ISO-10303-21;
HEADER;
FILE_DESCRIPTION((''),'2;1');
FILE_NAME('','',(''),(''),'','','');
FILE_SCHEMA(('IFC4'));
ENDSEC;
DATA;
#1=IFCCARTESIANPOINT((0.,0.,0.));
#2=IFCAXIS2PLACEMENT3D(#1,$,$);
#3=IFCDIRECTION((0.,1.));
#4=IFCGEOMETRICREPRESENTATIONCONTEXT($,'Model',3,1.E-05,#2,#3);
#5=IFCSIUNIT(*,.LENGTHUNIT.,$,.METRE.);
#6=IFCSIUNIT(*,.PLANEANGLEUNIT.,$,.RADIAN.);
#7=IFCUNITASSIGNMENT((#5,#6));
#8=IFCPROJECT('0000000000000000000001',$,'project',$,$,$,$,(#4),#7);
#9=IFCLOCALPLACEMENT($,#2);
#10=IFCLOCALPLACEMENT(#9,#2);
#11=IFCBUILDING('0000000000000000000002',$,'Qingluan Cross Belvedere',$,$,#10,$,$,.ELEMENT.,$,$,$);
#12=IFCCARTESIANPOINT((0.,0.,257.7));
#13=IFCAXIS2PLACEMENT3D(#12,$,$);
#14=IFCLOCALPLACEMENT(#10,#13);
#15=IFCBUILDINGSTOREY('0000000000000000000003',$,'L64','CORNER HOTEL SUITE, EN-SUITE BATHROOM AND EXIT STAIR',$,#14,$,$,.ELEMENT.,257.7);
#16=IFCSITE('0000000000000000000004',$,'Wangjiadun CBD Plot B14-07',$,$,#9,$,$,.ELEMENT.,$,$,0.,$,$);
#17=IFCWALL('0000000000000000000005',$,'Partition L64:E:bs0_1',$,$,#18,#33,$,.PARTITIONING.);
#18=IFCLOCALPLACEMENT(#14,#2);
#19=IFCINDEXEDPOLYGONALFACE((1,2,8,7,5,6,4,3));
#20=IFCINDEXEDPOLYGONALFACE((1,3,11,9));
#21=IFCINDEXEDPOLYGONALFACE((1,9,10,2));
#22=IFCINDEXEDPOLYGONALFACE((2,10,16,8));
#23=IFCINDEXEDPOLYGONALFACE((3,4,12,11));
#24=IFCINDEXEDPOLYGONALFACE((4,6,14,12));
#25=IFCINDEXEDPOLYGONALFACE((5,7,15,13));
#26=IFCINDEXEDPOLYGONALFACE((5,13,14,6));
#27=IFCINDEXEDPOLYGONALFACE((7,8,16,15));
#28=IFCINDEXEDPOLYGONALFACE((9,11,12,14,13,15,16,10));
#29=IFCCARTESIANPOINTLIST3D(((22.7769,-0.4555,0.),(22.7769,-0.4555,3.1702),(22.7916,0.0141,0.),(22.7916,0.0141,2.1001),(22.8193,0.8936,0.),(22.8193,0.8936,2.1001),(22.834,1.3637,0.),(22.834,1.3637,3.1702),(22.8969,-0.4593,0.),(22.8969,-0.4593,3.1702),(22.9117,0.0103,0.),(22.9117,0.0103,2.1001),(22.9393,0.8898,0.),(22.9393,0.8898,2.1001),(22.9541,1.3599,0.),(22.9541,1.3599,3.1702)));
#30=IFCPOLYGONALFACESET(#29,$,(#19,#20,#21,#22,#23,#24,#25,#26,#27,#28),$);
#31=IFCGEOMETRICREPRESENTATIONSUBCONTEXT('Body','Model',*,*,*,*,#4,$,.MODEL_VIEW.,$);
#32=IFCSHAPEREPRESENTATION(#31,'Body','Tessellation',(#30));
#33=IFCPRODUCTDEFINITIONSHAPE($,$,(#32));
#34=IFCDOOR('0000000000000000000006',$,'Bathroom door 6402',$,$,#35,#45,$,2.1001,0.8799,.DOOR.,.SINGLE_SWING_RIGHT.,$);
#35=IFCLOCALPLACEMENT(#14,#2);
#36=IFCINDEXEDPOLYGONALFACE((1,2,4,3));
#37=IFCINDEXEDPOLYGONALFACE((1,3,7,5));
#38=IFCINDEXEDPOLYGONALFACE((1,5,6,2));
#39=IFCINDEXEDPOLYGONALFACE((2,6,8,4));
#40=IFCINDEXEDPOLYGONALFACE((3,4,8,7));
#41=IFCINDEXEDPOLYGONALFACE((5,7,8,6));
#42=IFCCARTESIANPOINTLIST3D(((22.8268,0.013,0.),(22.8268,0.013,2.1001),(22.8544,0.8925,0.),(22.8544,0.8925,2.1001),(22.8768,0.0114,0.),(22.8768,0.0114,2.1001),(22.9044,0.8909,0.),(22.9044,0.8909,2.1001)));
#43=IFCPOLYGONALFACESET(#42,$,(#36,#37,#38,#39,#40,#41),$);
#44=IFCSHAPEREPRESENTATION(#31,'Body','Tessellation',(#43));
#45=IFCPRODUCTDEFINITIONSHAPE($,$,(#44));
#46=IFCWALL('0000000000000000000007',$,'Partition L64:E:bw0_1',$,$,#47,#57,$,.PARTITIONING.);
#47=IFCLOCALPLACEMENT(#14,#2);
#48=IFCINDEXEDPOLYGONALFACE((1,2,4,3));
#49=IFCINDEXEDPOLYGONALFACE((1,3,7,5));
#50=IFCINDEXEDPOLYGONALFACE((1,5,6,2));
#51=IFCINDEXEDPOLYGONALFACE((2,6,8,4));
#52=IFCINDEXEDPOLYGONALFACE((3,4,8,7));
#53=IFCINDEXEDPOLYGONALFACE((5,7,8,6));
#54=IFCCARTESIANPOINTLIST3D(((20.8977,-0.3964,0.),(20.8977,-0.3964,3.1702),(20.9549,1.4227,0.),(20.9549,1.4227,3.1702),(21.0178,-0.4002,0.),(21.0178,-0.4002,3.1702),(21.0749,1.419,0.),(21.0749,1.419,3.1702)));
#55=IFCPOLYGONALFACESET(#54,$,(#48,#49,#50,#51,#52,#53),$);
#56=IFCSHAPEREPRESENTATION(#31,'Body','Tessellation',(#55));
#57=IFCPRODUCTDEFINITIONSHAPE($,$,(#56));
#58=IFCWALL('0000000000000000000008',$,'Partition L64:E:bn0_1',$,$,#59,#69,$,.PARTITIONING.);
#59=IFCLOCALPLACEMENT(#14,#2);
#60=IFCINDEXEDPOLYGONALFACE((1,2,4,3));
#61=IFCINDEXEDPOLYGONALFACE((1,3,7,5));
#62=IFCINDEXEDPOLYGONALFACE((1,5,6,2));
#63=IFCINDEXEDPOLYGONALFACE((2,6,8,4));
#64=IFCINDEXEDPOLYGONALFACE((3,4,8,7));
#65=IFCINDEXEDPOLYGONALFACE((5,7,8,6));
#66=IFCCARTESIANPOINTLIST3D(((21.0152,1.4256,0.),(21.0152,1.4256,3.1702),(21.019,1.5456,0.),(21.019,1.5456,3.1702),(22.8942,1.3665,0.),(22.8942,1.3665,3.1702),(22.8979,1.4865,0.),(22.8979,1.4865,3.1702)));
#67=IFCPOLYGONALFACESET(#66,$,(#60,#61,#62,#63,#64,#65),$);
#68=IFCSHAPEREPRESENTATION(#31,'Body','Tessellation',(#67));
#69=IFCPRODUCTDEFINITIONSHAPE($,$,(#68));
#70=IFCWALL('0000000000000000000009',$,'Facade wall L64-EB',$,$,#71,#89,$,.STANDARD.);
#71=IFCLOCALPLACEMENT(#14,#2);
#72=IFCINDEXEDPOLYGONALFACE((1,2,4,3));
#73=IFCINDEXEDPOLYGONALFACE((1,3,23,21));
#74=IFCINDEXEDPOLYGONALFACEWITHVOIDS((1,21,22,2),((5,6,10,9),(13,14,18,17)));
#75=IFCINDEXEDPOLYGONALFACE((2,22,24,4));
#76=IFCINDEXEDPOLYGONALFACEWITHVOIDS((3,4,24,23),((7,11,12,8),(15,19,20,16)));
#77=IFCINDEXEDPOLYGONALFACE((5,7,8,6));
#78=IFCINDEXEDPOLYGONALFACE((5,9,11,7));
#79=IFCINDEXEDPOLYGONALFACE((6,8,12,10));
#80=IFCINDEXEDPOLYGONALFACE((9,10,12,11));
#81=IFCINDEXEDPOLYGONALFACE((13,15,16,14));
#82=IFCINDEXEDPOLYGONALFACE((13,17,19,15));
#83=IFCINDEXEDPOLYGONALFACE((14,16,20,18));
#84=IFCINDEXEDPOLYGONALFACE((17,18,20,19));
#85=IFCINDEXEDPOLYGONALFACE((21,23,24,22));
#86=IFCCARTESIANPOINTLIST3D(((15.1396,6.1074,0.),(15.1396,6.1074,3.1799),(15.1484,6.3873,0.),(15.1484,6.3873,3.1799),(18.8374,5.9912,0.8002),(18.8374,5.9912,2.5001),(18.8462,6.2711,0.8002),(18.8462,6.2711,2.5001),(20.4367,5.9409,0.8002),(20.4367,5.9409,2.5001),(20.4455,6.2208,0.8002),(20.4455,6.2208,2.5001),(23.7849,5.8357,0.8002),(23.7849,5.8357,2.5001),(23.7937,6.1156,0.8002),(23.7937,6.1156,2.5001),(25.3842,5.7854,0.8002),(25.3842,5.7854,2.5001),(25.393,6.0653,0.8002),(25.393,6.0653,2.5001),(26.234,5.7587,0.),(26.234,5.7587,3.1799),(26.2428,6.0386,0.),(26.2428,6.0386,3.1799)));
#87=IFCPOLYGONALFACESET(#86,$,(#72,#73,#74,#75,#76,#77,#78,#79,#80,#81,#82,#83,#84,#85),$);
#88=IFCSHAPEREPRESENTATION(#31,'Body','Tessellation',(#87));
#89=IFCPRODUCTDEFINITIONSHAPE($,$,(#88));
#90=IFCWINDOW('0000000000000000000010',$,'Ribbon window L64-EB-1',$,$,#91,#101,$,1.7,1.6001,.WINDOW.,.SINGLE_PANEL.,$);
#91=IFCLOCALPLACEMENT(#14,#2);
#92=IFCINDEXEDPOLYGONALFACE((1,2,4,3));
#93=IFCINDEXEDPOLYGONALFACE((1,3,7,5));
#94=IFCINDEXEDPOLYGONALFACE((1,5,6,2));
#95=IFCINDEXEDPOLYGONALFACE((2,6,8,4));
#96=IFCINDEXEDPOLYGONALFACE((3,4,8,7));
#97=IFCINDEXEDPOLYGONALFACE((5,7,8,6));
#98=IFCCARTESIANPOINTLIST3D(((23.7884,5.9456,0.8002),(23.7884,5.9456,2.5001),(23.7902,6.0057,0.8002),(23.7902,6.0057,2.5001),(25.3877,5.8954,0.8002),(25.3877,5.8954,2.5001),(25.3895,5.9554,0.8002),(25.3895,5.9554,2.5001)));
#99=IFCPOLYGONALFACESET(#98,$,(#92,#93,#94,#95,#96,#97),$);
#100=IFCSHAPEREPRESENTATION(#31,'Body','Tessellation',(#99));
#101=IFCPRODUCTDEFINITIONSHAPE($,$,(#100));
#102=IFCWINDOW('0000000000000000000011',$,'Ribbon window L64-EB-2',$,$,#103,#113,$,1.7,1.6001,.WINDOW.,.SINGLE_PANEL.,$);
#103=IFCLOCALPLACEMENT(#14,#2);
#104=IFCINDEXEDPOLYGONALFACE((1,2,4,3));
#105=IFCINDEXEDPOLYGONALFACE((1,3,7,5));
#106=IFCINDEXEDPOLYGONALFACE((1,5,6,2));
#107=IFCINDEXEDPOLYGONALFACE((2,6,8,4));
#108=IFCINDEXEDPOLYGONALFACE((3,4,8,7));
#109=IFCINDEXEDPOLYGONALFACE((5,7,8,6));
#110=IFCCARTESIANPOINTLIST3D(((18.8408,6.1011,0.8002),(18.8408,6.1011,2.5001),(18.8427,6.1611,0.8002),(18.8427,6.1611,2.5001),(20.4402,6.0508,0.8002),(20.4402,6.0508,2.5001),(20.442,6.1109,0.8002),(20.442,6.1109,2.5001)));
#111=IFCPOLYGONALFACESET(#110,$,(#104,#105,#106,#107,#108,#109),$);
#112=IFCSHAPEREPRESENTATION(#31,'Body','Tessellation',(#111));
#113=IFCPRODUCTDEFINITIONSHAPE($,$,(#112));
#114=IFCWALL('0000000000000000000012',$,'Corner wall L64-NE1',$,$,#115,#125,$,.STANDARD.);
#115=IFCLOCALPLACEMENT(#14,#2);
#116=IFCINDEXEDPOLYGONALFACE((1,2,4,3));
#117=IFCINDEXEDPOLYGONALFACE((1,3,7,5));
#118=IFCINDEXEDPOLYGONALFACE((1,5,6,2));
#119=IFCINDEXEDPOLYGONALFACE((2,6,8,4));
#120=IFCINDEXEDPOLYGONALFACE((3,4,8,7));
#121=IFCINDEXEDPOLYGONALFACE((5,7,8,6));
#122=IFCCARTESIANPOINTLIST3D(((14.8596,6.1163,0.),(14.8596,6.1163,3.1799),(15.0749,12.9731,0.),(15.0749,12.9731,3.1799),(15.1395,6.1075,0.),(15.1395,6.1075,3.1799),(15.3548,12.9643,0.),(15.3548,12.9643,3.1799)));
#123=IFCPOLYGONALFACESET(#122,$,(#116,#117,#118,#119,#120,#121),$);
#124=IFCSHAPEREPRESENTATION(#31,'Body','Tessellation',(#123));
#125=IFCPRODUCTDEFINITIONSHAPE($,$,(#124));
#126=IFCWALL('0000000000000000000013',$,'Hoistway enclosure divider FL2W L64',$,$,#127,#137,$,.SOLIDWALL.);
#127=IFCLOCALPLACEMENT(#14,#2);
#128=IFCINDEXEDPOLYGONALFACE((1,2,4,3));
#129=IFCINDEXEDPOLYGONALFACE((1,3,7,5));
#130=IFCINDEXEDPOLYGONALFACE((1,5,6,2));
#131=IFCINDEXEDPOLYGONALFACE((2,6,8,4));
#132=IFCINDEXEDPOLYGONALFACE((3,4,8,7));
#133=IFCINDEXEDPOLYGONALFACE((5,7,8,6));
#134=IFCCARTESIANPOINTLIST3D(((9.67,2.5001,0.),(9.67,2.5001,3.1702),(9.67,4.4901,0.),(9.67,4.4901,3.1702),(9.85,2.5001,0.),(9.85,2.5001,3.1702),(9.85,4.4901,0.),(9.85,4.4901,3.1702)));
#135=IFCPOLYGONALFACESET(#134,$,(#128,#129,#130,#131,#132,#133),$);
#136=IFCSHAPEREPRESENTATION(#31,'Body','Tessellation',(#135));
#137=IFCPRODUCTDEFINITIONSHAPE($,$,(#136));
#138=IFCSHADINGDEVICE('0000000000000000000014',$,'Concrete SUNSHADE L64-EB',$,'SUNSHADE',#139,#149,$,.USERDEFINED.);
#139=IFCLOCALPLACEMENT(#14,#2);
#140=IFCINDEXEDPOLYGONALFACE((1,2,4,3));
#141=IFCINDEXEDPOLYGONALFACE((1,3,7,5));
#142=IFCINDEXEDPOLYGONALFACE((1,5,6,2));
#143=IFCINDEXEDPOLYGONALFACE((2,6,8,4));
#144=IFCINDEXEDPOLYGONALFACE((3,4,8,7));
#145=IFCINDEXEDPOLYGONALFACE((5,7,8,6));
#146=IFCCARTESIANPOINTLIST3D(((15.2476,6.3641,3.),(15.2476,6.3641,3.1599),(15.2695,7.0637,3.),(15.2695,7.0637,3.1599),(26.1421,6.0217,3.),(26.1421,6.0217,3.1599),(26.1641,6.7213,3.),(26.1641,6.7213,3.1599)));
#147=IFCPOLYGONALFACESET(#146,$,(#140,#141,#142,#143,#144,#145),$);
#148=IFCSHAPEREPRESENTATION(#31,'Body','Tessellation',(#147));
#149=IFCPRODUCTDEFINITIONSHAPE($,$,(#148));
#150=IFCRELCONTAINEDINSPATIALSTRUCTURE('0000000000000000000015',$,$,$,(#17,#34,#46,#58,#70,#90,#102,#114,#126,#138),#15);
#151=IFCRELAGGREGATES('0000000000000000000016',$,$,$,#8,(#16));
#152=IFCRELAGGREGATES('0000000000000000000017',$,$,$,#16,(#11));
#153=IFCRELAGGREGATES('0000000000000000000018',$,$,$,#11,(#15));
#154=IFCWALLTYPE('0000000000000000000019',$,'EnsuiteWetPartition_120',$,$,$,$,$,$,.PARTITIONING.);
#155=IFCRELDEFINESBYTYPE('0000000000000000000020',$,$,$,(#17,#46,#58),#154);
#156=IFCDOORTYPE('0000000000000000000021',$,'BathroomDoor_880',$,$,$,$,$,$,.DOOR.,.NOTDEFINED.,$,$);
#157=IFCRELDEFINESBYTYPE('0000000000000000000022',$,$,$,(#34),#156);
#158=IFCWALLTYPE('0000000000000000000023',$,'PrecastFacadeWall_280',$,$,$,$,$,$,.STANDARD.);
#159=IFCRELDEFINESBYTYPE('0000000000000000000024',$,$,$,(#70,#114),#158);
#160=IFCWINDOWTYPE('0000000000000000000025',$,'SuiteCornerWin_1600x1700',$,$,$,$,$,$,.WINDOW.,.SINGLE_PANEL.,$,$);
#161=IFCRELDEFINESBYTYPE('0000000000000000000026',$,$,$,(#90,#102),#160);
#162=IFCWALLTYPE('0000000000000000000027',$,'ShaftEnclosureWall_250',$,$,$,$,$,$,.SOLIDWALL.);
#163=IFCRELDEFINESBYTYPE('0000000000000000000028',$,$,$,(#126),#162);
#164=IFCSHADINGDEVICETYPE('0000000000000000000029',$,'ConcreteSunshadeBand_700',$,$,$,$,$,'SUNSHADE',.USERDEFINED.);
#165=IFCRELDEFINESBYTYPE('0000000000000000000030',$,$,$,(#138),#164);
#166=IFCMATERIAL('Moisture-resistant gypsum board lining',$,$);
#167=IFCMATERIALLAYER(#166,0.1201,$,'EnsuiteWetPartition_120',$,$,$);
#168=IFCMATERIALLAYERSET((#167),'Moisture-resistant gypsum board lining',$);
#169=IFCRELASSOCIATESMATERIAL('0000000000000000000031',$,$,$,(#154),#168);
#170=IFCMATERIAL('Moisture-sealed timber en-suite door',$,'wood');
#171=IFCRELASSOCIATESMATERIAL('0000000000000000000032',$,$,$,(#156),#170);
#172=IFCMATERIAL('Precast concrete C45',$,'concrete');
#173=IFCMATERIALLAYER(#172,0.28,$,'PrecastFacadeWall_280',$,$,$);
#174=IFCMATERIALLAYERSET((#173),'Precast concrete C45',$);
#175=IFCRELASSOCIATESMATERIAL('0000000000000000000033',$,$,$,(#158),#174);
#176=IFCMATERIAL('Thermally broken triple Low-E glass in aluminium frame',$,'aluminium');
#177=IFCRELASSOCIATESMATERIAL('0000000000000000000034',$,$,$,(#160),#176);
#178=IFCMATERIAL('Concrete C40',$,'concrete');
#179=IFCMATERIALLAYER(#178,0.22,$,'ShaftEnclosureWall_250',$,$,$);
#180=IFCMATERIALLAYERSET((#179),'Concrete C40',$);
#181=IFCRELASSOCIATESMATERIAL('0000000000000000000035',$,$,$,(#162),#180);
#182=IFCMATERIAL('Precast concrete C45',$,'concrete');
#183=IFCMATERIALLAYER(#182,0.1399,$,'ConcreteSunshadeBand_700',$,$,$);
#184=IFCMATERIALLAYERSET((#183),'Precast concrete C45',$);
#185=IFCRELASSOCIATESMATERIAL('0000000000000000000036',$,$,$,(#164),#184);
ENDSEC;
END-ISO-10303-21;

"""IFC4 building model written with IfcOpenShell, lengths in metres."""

from ifc_helpers import new_model, si_unit, direction, frame, frame_2d, origin, origin_2d, place, context, subcontext, project, spatial, rectangle, extrude, material, layer, layer_set, type_object, element, fill, save


model = new_model("IFC4")

# Units and contexts
model_context = context("Model", 3, precision=1e-05, world=origin(), true_north=direction((0.0, 1.0)))
body_context = subcontext(model_context, "Body", "Model", "MODEL_VIEW")
ifc_project = project(units=[si_unit("LENGTHUNIT", "METRE"), si_unit("PLANEANGLEUNIT", "RADIAN")], contexts=[model_context])

# Site, building, storey
site_placement = place(None, origin())
site = spatial("IfcSite", under=ifc_project, at=site_placement, Name="Wangjiadun CBD Plot B14-07", CompositionType="ELEMENT", RefElevation=0.0)
building_placement = place(site_placement, origin())
building = spatial("IfcBuilding", under=site, at=building_placement, Name="Qingluan Cross Belvedere", CompositionType="ELEMENT")
storey_placement = place(building_placement, frame((0.0, 0.0, 257.7)))
storey = spatial("IfcBuildingStorey", under=building, at=storey_placement, Name="L64", Description="CORNER HOTEL SUITE, EN-SUITE BATHROOM AND EXIT STAIR", CompositionType="ELEMENT", Elevation=257.7)

# Shared definitions
ifc_material_1 = material(Name="Moisture-resistant gypsum board lining")
ifc_layer_1 = layer(ifc_material_1, 0.1201, Name="EnsuiteWetPartition_120")
ifc_layer_set_1 = layer_set([ifc_layer_1], Name="Moisture-resistant gypsum board lining")
wall_type_1 = type_object("IfcWallType", Name="EnsuiteWetPartition_120", PredefinedType="PARTITIONING", material=ifc_layer_set_1)
ifc_material_2 = material(Name="Moisture-sealed timber en-suite door", Category="wood")
door_type_1 = type_object("IfcDoorType", Name="BathroomDoor_880", OperationType="NOTDEFINED", PredefinedType="DOOR", material=ifc_material_2)

# Wall, opening, door
wall_1_placement = place(storey_placement, frame((22.8369, -0.4575, 0.0), z_axis=(0.0, 0.0, 1.0), x_axis=(0.03139, 0.999507, 0.0)))
wall_1 = element("IfcWall", 1, at=wall_1_placement, inside=storey, type_object=wall_type_1, Name="Partition L64:E:bs0_1", PredefinedType="PARTITIONING", context=body_context, shape_type="SweptSolid", body=[
    extrude(rectangle(XDim=1.8201, YDim=0.1201, at=frame_2d((0.9102, 0.0))), origin(), (0.0, 0.0, 1.0), 3.1702),
])
opening_1_placement = place(wall_1_placement, frame((0.47, 0.0, 0.0)))
opening_1 = element("IfcOpeningElement", 2, at=opening_1_placement, cuts=wall_1, PredefinedType="OPENING", context=body_context, shape_type="SweptSolid", body=[
    extrude(rectangle(XDim=0.8799, YDim=2.1001, at=frame_2d((0.4399, 1.05))), frame((0.0, 0.0701, 0.0), z_axis=(0.0, -1.0, 0.0), x_axis=(1.0, 0.0, 0.0)), (0.0, 0.0, 1.0), 0.1401),
])
door_1_placement = place(opening_1_placement, origin())
door_1 = element("IfcDoor", 3, at=door_1_placement, inside=storey, type_object=door_type_1, Name="Bathroom door 6402", OperationType="SINGLE_SWING_RIGHT", OverallHeight=2.1001, OverallWidth=0.8799, PredefinedType="DOOR", context=body_context, shape_type="SweptSolid", body=[
    extrude(rectangle(XDim=0.8799, YDim=2.1001, at=frame_2d((0.4399, 1.05))), frame((0.0, 0.0249, 0.0), z_axis=(0.0, -1.0, 0.0), x_axis=(1.0, 0.0, 0.0)), (0.0, 0.0, 1.0), 0.05),
])
fill(opening_1, door_1)

# Walls
wall_2_placement = place(storey_placement, frame((20.9578, -0.3984, 0.0), z_axis=(0.0, 0.0, 1.0), x_axis=(0.03139, 0.999507, 0.0)))
element("IfcWall", 4, at=wall_2_placement, inside=storey, type_object=wall_type_1, Name="Partition L64:E:bw0_1", PredefinedType="PARTITIONING", context=body_context, shape_type="SweptSolid", body=[
    extrude(rectangle(XDim=1.8201, YDim=0.1201, at=frame_2d((0.9102, 0.0))), origin(), (0.0, 0.0, 1.0), 3.1702),
])
wall_3_placement = place(storey_placement, frame((21.0171, 1.4856, 0.0), z_axis=(0.0, 0.0, 1.0), x_axis=(0.999506, -0.031429, 0.0)))
element("IfcWall", 5, at=wall_3_placement, inside=storey, type_object=wall_type_1, Name="Partition L64:E:bn0_1", PredefinedType="PARTITIONING", context=body_context, shape_type="SweptSolid", body=[
    extrude(rectangle(XDim=1.8799, YDim=0.1201, at=frame_2d((0.9399, 0.0))), origin(), (0.0, 0.0, 1.0), 3.1702),
])

# Wall, openings, windows
ifc_material_3 = material(Name="Precast concrete C45", Category="concrete")
ifc_layer_2 = layer(ifc_material_3, 0.28, Name="PrecastFacadeWall_280")
ifc_layer_set_2 = layer_set([ifc_layer_2], Name="Precast concrete C45")
wall_type_2 = type_object("IfcWallType", Name="PrecastFacadeWall_280", PredefinedType="STANDARD", material=ifc_layer_set_2)
wall_4_placement = place(storey_placement, frame((26.2383, 5.8987, 0.0), z_axis=(0.0, 0.0, 1.0), x_axis=(-0.999507, 0.031408, 0.0)))
wall_4 = element("IfcWall", 6, at=wall_4_placement, inside=storey, type_object=wall_type_2, Name="Facade wall L64-EB", PredefinedType="STANDARD", context=body_context, shape_type="SweptSolid", body=[
    extrude(rectangle(XDim=11.0999, YDim=0.28, at=frame_2d((5.5498, 0.0))), origin(), (0.0, 0.0, 1.0), 3.1799),
])
opening_2_placement = place(wall_4_placement, frame((0.8501, 0.0, 0.8)))
opening_2 = element("IfcOpeningElement", 7, at=opening_2_placement, cuts=wall_4, PredefinedType="OPENING", context=body_context, shape_type="SweptSolid", body=[
    extrude(rectangle(XDim=1.6001, YDim=1.7, at=frame_2d((0.8, 0.8501))), frame((0.0, 0.1499, 0.0), z_axis=(0.0, -1.0, 0.0), x_axis=(1.0, 0.0, 0.0)), (0.0, 0.0, 1.0), 0.3),
])
opening_3_placement = place(wall_4_placement, frame((5.8, 0.0, 0.8)))
opening_3 = element("IfcOpeningElement", 8, at=opening_3_placement, cuts=wall_4, PredefinedType="OPENING", context=body_context, shape_type="SweptSolid", body=[
    extrude(rectangle(XDim=1.6001, YDim=1.7, at=frame_2d((0.8, 0.8501))), frame((0.0, 0.1499, 0.0), z_axis=(0.0, -1.0, 0.0), x_axis=(1.0, 0.0, 0.0)), (0.0, 0.0, 1.0), 0.3),
])
ifc_material_4 = material(Name="Thermally broken triple Low-E glass in aluminium frame", Category="aluminium")
window_type = type_object("IfcWindowType", Name="SuiteCornerWin_1600x1700", PartitioningType="SINGLE_PANEL", PredefinedType="WINDOW", material=ifc_material_4)
window_1_placement = place(opening_2_placement, origin())
window_1 = element("IfcWindow", 9, at=window_1_placement, inside=storey, type_object=window_type, Name="Ribbon window L64-EB-1", OverallHeight=1.7, OverallWidth=1.6001, PartitioningType="SINGLE_PANEL", PredefinedType="WINDOW", context=body_context, shape_type="SweptSolid", body=[
    extrude(rectangle(XDim=1.6001, YDim=1.7, at=frame_2d((0.8, 0.8501))), frame((0.0, 0.03, 0.0), z_axis=(0.0, -1.0, 0.0), x_axis=(1.0, 0.0, 0.0)), (0.0, 0.0, 1.0), 0.0601),
])
fill(opening_2, window_1)
window_2_placement = place(opening_3_placement, origin())
window_2 = element("IfcWindow", 10, at=window_2_placement, inside=storey, type_object=window_type, Name="Ribbon window L64-EB-2", OverallHeight=1.7, OverallWidth=1.6001, PartitioningType="SINGLE_PANEL", PredefinedType="WINDOW", context=body_context, shape_type="SweptSolid", body=[
    extrude(rectangle(XDim=1.6001, YDim=1.7, at=frame_2d((0.8, 0.8501))), frame((0.0, 0.03, 0.0), z_axis=(0.0, -1.0, 0.0), x_axis=(1.0, 0.0, 0.0)), (0.0, 0.0, 1.0), 0.0601),
])
fill(opening_3, window_2)

# Walls
wall_5_placement = place(storey_placement, frame((14.9995, 6.1118, 0.0), z_axis=(0.0, 0.0, 1.0), x_axis=(0.031389, 0.999507, 0.0)))
element("IfcWall", 11, at=wall_5_placement, inside=storey, type_object=wall_type_2, Name="Corner wall L64-NE1", PredefinedType="STANDARD", context=body_context, shape_type="SweptSolid", body=[
    extrude(rectangle(XDim=6.8601, YDim=0.28, at=frame_2d((3.4302, 0.0))), origin(), (0.0, 0.0, 1.0), 3.1799),
])
ifc_material_5 = material(Name="Concrete C40", Category="concrete")
ifc_layer_3 = layer(ifc_material_5, 0.22, Name="ShaftEnclosureWall_250")
ifc_layer_set_3 = layer_set([ifc_layer_3], Name="Concrete C40")
wall_type_3 = type_object("IfcWallType", Name="ShaftEnclosureWall_250", PredefinedType="SOLIDWALL", material=ifc_layer_set_3)
wall_6_placement = place(storey_placement, frame((9.76, 2.5, 0.0), z_axis=(0.0, 0.0, 1.0), x_axis=(0.0, 1.0, 0.0)))
element("IfcWall", 12, at=wall_6_placement, inside=storey, type_object=wall_type_3, Name="Hoistway enclosure divider FL2W L64", PredefinedType="SOLIDWALL", context=body_context, shape_type="SweptSolid", body=[
    extrude(rectangle(XDim=1.99, YDim=0.1799, at=frame_2d((0.9951, 0.0))), origin(), (0.0, 0.0, 1.0), 3.1702),
])

# Shading device
ifc_material_6 = material(Name="Precast concrete C45", Category="concrete")
ifc_layer_4 = layer(ifc_material_6, 0.1399, Name="ConcreteSunshadeBand_700")
ifc_layer_set_4 = layer_set([ifc_layer_4], Name="Precast concrete C45")
shading_device_type = type_object("IfcShadingDeviceType", Name="ConcreteSunshadeBand_700", ElementType="SUNSHADE", PredefinedType="USERDEFINED", material=ifc_layer_set_4)
shading_device_placement = place(storey_placement, frame((20.7058, 6.5427, 3.0), z_axis=(0.0, 0.0, 1.0), x_axis=(-0.999506, 0.031414, 0.0)))
element("IfcShadingDevice", 13, at=shading_device_placement, inside=storey, type_object=shading_device_type, Name="Concrete SUNSHADE L64-EB", ObjectType="SUNSHADE", PredefinedType="USERDEFINED", context=body_context, shape_type="SweptSolid", body=[
    extrude(rectangle(XDim=10.8999, YDim=0.7, at=origin_2d()), origin(), (0.0, 0.0, 1.0), 0.1599),
])

save(model, "model.ifc")
